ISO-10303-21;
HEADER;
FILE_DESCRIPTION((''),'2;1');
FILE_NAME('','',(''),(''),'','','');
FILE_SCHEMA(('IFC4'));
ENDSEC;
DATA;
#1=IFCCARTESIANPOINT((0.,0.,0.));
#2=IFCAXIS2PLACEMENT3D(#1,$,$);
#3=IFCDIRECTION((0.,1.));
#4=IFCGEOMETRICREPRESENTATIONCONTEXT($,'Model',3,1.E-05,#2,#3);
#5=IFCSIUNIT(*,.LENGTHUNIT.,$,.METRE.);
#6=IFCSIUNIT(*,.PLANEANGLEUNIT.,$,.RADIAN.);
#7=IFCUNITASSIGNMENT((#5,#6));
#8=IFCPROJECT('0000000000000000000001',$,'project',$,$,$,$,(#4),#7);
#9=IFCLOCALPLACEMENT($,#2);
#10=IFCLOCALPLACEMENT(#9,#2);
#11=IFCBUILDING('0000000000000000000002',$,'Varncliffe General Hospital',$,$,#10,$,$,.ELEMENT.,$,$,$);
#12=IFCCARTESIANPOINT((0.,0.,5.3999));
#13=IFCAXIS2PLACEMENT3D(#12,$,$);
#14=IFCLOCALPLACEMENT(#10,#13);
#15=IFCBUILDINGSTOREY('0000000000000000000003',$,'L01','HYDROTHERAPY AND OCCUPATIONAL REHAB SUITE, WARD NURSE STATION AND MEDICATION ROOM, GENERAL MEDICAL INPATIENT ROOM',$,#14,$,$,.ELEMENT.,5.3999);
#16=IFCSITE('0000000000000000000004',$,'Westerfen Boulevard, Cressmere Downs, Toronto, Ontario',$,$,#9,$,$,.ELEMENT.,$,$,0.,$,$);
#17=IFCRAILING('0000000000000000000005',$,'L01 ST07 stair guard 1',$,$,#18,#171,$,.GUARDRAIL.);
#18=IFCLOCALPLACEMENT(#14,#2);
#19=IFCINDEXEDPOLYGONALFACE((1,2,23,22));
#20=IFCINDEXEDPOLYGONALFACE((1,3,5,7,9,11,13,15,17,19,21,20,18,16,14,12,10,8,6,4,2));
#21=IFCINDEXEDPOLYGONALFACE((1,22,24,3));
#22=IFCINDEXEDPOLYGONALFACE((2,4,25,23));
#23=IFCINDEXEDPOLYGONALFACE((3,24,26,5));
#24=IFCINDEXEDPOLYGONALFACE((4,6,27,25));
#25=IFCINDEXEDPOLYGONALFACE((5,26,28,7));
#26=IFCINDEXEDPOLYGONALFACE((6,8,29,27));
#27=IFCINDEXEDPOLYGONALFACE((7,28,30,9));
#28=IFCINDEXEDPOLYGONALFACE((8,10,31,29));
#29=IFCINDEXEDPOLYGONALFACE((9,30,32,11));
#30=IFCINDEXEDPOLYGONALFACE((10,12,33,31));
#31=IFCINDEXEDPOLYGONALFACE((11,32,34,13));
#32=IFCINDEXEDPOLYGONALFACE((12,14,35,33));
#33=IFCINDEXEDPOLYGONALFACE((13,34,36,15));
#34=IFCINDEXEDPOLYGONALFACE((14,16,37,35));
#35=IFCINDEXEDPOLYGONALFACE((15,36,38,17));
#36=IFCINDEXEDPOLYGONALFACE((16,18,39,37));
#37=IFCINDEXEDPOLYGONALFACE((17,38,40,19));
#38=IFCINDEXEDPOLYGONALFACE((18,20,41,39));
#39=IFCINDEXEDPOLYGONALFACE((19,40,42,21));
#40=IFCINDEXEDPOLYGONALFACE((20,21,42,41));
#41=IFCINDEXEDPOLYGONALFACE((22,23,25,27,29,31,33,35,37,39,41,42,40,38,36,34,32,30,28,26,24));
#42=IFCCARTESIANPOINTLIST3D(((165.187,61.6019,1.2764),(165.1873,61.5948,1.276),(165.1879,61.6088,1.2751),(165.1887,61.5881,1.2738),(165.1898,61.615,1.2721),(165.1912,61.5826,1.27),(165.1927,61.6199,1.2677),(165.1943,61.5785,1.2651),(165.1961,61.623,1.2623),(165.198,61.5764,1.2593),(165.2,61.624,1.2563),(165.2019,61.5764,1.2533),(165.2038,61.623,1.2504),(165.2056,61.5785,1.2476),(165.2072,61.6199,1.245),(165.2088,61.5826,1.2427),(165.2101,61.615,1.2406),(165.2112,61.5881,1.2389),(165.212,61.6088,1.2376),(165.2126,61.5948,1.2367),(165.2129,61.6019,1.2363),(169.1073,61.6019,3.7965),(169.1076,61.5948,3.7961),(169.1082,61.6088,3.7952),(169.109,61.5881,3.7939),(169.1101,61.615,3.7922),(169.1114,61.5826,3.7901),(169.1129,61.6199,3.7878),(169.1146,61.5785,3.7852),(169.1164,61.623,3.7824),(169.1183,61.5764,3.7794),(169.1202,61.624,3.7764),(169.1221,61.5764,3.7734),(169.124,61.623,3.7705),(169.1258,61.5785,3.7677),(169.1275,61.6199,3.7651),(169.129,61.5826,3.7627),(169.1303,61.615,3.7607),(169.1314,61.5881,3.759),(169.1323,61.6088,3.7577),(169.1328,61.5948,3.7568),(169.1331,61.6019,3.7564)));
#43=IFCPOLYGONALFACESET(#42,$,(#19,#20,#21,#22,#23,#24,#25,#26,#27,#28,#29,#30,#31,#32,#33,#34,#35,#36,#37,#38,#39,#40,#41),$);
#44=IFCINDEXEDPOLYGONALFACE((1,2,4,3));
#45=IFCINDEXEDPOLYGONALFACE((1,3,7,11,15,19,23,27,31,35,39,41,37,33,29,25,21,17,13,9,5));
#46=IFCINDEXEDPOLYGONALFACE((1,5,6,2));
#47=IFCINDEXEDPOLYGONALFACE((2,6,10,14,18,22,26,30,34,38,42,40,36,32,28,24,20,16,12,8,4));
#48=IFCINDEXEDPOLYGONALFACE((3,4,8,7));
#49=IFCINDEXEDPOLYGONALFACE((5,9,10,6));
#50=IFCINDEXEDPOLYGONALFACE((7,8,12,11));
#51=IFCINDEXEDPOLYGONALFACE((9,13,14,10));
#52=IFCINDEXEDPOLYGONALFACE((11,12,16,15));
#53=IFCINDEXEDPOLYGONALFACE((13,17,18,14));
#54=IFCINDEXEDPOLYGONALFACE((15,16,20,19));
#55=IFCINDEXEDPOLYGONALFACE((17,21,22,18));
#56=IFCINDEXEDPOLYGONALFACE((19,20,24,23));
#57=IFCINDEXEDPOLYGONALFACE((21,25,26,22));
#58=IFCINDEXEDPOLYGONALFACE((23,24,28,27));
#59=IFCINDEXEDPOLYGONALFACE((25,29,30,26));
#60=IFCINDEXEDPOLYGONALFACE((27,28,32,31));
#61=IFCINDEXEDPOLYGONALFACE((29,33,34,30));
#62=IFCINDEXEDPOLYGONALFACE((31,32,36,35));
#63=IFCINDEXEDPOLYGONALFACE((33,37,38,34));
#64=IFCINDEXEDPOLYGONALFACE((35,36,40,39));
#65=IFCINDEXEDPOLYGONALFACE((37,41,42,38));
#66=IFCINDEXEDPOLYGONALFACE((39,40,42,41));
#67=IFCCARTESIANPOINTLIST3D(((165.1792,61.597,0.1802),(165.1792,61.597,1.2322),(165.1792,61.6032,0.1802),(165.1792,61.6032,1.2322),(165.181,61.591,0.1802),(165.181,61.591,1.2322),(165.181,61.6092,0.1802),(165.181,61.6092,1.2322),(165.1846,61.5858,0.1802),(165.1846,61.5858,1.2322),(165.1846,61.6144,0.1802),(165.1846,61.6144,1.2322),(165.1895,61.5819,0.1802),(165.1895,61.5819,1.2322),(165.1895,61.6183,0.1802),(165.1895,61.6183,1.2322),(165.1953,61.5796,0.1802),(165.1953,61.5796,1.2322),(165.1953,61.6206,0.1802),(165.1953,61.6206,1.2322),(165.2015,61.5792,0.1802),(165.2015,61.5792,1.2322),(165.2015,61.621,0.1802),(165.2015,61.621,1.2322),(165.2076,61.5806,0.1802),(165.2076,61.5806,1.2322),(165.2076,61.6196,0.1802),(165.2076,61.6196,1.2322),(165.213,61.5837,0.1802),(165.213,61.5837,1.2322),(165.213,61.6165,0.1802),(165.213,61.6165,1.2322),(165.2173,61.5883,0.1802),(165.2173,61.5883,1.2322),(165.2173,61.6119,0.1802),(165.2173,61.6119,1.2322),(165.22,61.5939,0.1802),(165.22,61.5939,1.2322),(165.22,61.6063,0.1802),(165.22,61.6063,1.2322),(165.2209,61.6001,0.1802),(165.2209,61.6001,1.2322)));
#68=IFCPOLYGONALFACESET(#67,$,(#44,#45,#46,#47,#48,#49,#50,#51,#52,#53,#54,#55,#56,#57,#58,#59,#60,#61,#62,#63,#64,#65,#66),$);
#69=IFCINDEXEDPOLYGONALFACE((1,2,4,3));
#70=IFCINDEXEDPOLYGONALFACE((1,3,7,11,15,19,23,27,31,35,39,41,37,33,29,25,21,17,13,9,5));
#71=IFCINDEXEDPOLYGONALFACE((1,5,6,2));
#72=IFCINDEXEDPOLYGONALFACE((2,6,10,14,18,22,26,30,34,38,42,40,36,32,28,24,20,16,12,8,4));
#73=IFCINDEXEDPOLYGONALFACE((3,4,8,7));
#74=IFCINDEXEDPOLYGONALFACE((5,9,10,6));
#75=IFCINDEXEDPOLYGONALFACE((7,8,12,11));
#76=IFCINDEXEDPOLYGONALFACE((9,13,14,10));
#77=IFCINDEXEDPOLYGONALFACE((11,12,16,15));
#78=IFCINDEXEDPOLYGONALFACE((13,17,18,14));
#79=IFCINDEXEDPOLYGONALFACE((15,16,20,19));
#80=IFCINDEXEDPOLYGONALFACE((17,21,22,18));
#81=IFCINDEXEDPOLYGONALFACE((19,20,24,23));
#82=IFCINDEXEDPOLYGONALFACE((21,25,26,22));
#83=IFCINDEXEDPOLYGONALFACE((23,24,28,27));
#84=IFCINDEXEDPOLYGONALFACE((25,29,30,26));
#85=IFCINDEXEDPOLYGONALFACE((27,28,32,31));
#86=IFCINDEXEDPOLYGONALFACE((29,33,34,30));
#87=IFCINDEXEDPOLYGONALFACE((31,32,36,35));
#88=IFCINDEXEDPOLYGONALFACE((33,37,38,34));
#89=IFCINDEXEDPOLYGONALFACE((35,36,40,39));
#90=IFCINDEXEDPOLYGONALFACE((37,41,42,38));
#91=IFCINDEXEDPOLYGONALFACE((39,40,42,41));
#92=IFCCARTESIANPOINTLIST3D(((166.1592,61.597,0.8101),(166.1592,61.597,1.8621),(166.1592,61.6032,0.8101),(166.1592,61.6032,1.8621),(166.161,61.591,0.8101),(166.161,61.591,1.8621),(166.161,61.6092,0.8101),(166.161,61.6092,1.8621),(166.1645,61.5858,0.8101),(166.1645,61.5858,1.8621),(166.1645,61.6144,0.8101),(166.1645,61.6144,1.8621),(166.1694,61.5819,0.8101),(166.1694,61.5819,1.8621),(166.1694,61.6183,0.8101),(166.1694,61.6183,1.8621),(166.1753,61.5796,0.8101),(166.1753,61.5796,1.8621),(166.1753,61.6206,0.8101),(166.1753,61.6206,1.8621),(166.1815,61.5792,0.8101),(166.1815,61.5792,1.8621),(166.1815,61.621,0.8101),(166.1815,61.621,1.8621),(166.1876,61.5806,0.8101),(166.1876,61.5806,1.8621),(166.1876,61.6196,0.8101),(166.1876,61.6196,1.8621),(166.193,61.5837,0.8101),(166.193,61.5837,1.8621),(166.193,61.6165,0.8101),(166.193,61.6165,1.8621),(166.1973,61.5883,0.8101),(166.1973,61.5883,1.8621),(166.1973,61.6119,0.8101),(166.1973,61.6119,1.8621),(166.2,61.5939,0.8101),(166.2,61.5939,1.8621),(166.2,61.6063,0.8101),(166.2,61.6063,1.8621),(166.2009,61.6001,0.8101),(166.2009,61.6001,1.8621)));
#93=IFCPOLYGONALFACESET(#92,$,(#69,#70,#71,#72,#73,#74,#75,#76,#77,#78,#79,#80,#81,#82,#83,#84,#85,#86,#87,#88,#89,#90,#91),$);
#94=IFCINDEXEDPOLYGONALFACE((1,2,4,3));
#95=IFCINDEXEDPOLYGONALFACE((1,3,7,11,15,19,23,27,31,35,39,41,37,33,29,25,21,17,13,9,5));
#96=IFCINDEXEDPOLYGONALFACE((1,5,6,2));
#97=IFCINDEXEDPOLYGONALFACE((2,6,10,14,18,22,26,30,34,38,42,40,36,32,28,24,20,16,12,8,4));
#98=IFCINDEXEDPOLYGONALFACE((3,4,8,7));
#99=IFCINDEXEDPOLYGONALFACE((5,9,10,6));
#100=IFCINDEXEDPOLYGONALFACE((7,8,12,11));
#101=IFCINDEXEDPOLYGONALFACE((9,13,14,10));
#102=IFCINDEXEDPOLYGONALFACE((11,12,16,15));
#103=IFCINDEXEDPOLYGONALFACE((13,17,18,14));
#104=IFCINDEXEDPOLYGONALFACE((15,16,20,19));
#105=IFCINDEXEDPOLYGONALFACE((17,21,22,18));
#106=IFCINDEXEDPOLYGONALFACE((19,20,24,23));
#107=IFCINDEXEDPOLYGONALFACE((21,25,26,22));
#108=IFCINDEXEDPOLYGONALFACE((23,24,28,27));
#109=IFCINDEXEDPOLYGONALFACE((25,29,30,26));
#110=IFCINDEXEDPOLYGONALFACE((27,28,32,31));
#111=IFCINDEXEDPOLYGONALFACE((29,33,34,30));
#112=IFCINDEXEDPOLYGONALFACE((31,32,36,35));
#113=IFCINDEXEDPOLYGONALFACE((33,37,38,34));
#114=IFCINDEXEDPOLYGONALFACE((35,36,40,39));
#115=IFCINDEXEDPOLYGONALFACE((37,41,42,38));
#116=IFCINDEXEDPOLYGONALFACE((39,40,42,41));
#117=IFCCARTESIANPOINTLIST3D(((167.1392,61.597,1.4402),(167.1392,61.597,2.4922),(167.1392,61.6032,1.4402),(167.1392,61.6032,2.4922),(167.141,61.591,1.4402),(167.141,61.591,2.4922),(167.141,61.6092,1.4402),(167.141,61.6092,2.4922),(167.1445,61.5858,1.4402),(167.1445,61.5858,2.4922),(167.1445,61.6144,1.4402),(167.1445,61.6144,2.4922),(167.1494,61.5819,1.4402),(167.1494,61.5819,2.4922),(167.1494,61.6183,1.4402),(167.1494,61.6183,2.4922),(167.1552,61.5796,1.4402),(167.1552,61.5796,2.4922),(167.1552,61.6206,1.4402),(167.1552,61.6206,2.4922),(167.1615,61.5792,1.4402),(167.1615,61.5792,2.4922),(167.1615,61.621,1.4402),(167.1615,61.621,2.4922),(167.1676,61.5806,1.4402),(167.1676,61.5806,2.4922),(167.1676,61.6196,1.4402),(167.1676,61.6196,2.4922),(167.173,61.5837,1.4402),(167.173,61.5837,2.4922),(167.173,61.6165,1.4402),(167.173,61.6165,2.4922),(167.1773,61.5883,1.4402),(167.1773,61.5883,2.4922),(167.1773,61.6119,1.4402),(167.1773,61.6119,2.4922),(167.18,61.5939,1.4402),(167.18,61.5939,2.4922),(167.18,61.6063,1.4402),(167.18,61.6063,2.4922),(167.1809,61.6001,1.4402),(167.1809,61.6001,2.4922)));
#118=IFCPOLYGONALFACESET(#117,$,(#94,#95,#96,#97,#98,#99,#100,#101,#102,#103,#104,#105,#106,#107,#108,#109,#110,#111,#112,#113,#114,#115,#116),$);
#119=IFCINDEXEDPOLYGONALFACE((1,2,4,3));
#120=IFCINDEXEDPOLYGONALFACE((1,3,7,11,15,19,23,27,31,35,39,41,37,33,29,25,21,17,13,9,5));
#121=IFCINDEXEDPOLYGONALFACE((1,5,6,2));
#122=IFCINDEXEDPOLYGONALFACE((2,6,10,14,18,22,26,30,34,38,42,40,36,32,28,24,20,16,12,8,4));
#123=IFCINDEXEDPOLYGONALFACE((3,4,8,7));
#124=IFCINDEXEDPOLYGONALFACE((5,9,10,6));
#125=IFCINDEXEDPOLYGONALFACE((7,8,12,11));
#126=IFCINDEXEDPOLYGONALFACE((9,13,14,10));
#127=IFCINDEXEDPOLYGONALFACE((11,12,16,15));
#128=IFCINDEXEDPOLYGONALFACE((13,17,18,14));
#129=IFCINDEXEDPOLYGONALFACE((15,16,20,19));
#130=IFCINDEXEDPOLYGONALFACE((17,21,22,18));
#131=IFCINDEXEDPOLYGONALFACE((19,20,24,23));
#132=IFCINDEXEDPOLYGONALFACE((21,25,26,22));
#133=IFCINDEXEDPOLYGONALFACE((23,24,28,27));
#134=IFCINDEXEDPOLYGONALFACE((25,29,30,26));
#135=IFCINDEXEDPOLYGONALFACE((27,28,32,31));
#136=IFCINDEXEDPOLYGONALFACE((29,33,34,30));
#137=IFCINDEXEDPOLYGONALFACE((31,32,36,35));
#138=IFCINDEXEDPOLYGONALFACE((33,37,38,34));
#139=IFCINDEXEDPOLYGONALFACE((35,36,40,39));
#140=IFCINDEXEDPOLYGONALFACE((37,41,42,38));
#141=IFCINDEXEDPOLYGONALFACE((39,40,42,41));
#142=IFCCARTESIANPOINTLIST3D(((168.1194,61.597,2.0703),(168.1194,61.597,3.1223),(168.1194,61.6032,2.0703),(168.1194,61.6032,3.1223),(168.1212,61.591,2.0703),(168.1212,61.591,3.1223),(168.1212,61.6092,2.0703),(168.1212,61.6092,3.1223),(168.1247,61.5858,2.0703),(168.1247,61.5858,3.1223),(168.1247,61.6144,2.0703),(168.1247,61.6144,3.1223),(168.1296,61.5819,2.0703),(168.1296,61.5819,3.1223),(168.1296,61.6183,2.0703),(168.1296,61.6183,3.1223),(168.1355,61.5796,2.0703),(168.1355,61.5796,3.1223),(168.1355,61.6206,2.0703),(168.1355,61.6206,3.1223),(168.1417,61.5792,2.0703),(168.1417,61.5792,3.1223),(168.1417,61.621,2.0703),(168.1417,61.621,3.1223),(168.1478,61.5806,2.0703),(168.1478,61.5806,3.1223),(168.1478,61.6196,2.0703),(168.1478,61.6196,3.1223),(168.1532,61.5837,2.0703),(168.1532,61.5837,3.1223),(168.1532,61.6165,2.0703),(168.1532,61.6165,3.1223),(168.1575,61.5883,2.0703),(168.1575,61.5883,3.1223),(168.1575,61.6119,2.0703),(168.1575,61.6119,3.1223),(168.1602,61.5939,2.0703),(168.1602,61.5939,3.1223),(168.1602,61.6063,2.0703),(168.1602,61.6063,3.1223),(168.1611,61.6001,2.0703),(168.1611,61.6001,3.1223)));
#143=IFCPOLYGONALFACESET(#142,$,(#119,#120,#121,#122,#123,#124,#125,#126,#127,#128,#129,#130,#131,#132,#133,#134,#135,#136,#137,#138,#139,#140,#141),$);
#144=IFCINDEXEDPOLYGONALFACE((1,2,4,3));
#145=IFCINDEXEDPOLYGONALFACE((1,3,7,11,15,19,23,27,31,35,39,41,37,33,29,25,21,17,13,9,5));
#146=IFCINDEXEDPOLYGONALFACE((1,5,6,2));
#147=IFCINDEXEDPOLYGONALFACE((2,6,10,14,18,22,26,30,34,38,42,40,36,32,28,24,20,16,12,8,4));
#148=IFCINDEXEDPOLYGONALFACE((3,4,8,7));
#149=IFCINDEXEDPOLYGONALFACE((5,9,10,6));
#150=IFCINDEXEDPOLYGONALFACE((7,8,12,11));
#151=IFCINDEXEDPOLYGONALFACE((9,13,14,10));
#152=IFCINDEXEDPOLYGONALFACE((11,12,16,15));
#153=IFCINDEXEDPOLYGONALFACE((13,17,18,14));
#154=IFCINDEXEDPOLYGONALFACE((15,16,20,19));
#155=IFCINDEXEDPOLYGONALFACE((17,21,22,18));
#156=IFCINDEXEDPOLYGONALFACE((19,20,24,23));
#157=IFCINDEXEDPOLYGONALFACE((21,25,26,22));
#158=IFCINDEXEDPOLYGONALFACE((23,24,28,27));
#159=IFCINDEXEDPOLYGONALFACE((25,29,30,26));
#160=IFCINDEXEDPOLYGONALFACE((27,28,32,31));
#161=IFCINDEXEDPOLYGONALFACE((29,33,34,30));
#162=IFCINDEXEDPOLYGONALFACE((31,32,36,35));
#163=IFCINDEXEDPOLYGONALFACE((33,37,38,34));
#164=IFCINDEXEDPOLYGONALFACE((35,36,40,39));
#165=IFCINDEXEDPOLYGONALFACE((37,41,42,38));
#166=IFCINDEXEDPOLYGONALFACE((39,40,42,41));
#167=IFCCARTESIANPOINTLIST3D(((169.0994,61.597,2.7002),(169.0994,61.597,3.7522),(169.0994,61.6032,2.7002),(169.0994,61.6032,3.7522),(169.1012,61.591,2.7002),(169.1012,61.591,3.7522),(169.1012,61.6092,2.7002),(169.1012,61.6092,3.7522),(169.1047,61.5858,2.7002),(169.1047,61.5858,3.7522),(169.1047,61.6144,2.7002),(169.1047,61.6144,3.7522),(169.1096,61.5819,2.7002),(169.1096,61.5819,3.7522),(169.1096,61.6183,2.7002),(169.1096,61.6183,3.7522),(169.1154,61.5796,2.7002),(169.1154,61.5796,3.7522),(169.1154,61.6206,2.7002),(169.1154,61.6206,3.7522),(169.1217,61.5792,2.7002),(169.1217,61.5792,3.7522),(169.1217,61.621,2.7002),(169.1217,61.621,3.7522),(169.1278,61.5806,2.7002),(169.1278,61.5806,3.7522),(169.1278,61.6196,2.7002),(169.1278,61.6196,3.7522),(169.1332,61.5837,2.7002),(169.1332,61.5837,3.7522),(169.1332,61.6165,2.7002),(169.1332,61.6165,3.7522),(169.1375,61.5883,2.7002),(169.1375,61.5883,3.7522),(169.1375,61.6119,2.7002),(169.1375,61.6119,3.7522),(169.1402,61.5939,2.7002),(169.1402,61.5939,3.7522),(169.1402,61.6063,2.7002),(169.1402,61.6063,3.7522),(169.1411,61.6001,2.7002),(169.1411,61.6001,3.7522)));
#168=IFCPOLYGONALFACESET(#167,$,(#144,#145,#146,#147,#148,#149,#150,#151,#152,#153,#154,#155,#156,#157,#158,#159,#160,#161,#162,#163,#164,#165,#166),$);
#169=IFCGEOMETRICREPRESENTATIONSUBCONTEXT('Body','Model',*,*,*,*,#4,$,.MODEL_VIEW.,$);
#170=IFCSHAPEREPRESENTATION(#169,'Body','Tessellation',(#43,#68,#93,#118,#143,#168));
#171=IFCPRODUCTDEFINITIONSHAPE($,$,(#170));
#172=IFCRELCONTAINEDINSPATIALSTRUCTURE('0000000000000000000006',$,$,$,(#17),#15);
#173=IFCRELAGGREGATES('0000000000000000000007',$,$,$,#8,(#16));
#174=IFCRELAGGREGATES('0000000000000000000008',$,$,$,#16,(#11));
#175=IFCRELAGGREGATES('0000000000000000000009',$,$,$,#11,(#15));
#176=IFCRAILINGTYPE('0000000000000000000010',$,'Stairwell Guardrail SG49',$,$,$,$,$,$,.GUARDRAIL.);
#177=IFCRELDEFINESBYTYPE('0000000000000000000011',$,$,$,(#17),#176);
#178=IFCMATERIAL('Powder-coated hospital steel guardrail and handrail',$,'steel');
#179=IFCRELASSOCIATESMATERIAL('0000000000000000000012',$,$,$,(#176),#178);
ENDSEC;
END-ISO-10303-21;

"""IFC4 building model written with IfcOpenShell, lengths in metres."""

from ifc_helpers import new_model, si_unit, direction, frame, origin, origin_2d, place, context, subcontext, project, spatial, circle, extrude, material, type_object, element, save


model = new_model("IFC4")

# Units and contexts
model_context = context("Model", 3, precision=1e-05, world=origin(), true_north=direction((0.0, 1.0)))
body_context = subcontext(model_context, "Body", "Model", "MODEL_VIEW")
ifc_project = project(units=[si_unit("LENGTHUNIT", "METRE"), si_unit("PLANEANGLEUNIT", "RADIAN")], contexts=[model_context])

# Site, building, storey
site_placement = place(None, origin())
site = spatial("IfcSite", under=ifc_project, at=site_placement, Name="Westerfen Boulevard, Cressmere Downs, Toronto, Ontario", CompositionType="ELEMENT", RefElevation=0.0)
building_placement = place(site_placement, origin())
building = spatial("IfcBuilding", under=site, at=building_placement, Name="Varncliffe General Hospital", CompositionType="ELEMENT")
storey_placement = place(building_placement, frame((0.0, 0.0, 5.3999)))
storey = spatial("IfcBuildingStorey", under=building, at=storey_placement, Name="L01", Description="HYDROTHERAPY AND OCCUPATIONAL REHAB SUITE, WARD NURSE STATION AND MEDICATION ROOM, GENERAL MEDICAL INPATIENT ROOM", CompositionType="ELEMENT", Elevation=5.3999)

# Railing
ifc_material_1 = material(Name="Powder-coated hospital steel guardrail and handrail", Category="steel")
railing_type_1 = type_object("IfcRailingType", Name="Stairwell Guardrail SG49", PredefinedType="GUARDRAIL", material=ifc_material_1)
railing_1_placement = place(storey_placement, frame((165.2, 61.6001, 0.1802)))
element("IfcRailing", 1, at=railing_1_placement, inside=storey, type_object=railing_type_1, Name="L01 ST07 stair guard 1", PredefinedType="GUARDRAIL", context=body_context, shape_type="SweptSolid", body=[
    extrude(circle(Radius=0.0239, at=origin_2d()), frame((0.0, 0.0, 1.0762), z_axis=(0.841187, 0.0, 0.540744), x_axis=(0.0, 1.0, 0.0)), (0.0, 0.0, 1.0), 4.6604),
    extrude(circle(Radius=0.021, at=origin_2d()), origin(), (0.0, 0.0, 1.0), 1.052),
    extrude(circle(Radius=0.021, at=origin_2d()), frame((0.98, 0.0, 0.6299)), (0.0, 0.0, 1.0), 1.052),
    extrude(circle(Radius=0.021, at=origin_2d()), frame((1.96, 0.0, 1.26)), (0.0, 0.0, 1.0), 1.052),
    extrude(circle(Radius=0.021, at=origin_2d()), frame((2.9402, 0.0, 1.8901)), (0.0, 0.0, 1.0), 1.052),
    extrude(circle(Radius=0.021, at=origin_2d()), frame((3.9202, 0.0, 2.52)), (0.0, 0.0, 1.0), 1.052),
])

save(model, "model.ifc")
